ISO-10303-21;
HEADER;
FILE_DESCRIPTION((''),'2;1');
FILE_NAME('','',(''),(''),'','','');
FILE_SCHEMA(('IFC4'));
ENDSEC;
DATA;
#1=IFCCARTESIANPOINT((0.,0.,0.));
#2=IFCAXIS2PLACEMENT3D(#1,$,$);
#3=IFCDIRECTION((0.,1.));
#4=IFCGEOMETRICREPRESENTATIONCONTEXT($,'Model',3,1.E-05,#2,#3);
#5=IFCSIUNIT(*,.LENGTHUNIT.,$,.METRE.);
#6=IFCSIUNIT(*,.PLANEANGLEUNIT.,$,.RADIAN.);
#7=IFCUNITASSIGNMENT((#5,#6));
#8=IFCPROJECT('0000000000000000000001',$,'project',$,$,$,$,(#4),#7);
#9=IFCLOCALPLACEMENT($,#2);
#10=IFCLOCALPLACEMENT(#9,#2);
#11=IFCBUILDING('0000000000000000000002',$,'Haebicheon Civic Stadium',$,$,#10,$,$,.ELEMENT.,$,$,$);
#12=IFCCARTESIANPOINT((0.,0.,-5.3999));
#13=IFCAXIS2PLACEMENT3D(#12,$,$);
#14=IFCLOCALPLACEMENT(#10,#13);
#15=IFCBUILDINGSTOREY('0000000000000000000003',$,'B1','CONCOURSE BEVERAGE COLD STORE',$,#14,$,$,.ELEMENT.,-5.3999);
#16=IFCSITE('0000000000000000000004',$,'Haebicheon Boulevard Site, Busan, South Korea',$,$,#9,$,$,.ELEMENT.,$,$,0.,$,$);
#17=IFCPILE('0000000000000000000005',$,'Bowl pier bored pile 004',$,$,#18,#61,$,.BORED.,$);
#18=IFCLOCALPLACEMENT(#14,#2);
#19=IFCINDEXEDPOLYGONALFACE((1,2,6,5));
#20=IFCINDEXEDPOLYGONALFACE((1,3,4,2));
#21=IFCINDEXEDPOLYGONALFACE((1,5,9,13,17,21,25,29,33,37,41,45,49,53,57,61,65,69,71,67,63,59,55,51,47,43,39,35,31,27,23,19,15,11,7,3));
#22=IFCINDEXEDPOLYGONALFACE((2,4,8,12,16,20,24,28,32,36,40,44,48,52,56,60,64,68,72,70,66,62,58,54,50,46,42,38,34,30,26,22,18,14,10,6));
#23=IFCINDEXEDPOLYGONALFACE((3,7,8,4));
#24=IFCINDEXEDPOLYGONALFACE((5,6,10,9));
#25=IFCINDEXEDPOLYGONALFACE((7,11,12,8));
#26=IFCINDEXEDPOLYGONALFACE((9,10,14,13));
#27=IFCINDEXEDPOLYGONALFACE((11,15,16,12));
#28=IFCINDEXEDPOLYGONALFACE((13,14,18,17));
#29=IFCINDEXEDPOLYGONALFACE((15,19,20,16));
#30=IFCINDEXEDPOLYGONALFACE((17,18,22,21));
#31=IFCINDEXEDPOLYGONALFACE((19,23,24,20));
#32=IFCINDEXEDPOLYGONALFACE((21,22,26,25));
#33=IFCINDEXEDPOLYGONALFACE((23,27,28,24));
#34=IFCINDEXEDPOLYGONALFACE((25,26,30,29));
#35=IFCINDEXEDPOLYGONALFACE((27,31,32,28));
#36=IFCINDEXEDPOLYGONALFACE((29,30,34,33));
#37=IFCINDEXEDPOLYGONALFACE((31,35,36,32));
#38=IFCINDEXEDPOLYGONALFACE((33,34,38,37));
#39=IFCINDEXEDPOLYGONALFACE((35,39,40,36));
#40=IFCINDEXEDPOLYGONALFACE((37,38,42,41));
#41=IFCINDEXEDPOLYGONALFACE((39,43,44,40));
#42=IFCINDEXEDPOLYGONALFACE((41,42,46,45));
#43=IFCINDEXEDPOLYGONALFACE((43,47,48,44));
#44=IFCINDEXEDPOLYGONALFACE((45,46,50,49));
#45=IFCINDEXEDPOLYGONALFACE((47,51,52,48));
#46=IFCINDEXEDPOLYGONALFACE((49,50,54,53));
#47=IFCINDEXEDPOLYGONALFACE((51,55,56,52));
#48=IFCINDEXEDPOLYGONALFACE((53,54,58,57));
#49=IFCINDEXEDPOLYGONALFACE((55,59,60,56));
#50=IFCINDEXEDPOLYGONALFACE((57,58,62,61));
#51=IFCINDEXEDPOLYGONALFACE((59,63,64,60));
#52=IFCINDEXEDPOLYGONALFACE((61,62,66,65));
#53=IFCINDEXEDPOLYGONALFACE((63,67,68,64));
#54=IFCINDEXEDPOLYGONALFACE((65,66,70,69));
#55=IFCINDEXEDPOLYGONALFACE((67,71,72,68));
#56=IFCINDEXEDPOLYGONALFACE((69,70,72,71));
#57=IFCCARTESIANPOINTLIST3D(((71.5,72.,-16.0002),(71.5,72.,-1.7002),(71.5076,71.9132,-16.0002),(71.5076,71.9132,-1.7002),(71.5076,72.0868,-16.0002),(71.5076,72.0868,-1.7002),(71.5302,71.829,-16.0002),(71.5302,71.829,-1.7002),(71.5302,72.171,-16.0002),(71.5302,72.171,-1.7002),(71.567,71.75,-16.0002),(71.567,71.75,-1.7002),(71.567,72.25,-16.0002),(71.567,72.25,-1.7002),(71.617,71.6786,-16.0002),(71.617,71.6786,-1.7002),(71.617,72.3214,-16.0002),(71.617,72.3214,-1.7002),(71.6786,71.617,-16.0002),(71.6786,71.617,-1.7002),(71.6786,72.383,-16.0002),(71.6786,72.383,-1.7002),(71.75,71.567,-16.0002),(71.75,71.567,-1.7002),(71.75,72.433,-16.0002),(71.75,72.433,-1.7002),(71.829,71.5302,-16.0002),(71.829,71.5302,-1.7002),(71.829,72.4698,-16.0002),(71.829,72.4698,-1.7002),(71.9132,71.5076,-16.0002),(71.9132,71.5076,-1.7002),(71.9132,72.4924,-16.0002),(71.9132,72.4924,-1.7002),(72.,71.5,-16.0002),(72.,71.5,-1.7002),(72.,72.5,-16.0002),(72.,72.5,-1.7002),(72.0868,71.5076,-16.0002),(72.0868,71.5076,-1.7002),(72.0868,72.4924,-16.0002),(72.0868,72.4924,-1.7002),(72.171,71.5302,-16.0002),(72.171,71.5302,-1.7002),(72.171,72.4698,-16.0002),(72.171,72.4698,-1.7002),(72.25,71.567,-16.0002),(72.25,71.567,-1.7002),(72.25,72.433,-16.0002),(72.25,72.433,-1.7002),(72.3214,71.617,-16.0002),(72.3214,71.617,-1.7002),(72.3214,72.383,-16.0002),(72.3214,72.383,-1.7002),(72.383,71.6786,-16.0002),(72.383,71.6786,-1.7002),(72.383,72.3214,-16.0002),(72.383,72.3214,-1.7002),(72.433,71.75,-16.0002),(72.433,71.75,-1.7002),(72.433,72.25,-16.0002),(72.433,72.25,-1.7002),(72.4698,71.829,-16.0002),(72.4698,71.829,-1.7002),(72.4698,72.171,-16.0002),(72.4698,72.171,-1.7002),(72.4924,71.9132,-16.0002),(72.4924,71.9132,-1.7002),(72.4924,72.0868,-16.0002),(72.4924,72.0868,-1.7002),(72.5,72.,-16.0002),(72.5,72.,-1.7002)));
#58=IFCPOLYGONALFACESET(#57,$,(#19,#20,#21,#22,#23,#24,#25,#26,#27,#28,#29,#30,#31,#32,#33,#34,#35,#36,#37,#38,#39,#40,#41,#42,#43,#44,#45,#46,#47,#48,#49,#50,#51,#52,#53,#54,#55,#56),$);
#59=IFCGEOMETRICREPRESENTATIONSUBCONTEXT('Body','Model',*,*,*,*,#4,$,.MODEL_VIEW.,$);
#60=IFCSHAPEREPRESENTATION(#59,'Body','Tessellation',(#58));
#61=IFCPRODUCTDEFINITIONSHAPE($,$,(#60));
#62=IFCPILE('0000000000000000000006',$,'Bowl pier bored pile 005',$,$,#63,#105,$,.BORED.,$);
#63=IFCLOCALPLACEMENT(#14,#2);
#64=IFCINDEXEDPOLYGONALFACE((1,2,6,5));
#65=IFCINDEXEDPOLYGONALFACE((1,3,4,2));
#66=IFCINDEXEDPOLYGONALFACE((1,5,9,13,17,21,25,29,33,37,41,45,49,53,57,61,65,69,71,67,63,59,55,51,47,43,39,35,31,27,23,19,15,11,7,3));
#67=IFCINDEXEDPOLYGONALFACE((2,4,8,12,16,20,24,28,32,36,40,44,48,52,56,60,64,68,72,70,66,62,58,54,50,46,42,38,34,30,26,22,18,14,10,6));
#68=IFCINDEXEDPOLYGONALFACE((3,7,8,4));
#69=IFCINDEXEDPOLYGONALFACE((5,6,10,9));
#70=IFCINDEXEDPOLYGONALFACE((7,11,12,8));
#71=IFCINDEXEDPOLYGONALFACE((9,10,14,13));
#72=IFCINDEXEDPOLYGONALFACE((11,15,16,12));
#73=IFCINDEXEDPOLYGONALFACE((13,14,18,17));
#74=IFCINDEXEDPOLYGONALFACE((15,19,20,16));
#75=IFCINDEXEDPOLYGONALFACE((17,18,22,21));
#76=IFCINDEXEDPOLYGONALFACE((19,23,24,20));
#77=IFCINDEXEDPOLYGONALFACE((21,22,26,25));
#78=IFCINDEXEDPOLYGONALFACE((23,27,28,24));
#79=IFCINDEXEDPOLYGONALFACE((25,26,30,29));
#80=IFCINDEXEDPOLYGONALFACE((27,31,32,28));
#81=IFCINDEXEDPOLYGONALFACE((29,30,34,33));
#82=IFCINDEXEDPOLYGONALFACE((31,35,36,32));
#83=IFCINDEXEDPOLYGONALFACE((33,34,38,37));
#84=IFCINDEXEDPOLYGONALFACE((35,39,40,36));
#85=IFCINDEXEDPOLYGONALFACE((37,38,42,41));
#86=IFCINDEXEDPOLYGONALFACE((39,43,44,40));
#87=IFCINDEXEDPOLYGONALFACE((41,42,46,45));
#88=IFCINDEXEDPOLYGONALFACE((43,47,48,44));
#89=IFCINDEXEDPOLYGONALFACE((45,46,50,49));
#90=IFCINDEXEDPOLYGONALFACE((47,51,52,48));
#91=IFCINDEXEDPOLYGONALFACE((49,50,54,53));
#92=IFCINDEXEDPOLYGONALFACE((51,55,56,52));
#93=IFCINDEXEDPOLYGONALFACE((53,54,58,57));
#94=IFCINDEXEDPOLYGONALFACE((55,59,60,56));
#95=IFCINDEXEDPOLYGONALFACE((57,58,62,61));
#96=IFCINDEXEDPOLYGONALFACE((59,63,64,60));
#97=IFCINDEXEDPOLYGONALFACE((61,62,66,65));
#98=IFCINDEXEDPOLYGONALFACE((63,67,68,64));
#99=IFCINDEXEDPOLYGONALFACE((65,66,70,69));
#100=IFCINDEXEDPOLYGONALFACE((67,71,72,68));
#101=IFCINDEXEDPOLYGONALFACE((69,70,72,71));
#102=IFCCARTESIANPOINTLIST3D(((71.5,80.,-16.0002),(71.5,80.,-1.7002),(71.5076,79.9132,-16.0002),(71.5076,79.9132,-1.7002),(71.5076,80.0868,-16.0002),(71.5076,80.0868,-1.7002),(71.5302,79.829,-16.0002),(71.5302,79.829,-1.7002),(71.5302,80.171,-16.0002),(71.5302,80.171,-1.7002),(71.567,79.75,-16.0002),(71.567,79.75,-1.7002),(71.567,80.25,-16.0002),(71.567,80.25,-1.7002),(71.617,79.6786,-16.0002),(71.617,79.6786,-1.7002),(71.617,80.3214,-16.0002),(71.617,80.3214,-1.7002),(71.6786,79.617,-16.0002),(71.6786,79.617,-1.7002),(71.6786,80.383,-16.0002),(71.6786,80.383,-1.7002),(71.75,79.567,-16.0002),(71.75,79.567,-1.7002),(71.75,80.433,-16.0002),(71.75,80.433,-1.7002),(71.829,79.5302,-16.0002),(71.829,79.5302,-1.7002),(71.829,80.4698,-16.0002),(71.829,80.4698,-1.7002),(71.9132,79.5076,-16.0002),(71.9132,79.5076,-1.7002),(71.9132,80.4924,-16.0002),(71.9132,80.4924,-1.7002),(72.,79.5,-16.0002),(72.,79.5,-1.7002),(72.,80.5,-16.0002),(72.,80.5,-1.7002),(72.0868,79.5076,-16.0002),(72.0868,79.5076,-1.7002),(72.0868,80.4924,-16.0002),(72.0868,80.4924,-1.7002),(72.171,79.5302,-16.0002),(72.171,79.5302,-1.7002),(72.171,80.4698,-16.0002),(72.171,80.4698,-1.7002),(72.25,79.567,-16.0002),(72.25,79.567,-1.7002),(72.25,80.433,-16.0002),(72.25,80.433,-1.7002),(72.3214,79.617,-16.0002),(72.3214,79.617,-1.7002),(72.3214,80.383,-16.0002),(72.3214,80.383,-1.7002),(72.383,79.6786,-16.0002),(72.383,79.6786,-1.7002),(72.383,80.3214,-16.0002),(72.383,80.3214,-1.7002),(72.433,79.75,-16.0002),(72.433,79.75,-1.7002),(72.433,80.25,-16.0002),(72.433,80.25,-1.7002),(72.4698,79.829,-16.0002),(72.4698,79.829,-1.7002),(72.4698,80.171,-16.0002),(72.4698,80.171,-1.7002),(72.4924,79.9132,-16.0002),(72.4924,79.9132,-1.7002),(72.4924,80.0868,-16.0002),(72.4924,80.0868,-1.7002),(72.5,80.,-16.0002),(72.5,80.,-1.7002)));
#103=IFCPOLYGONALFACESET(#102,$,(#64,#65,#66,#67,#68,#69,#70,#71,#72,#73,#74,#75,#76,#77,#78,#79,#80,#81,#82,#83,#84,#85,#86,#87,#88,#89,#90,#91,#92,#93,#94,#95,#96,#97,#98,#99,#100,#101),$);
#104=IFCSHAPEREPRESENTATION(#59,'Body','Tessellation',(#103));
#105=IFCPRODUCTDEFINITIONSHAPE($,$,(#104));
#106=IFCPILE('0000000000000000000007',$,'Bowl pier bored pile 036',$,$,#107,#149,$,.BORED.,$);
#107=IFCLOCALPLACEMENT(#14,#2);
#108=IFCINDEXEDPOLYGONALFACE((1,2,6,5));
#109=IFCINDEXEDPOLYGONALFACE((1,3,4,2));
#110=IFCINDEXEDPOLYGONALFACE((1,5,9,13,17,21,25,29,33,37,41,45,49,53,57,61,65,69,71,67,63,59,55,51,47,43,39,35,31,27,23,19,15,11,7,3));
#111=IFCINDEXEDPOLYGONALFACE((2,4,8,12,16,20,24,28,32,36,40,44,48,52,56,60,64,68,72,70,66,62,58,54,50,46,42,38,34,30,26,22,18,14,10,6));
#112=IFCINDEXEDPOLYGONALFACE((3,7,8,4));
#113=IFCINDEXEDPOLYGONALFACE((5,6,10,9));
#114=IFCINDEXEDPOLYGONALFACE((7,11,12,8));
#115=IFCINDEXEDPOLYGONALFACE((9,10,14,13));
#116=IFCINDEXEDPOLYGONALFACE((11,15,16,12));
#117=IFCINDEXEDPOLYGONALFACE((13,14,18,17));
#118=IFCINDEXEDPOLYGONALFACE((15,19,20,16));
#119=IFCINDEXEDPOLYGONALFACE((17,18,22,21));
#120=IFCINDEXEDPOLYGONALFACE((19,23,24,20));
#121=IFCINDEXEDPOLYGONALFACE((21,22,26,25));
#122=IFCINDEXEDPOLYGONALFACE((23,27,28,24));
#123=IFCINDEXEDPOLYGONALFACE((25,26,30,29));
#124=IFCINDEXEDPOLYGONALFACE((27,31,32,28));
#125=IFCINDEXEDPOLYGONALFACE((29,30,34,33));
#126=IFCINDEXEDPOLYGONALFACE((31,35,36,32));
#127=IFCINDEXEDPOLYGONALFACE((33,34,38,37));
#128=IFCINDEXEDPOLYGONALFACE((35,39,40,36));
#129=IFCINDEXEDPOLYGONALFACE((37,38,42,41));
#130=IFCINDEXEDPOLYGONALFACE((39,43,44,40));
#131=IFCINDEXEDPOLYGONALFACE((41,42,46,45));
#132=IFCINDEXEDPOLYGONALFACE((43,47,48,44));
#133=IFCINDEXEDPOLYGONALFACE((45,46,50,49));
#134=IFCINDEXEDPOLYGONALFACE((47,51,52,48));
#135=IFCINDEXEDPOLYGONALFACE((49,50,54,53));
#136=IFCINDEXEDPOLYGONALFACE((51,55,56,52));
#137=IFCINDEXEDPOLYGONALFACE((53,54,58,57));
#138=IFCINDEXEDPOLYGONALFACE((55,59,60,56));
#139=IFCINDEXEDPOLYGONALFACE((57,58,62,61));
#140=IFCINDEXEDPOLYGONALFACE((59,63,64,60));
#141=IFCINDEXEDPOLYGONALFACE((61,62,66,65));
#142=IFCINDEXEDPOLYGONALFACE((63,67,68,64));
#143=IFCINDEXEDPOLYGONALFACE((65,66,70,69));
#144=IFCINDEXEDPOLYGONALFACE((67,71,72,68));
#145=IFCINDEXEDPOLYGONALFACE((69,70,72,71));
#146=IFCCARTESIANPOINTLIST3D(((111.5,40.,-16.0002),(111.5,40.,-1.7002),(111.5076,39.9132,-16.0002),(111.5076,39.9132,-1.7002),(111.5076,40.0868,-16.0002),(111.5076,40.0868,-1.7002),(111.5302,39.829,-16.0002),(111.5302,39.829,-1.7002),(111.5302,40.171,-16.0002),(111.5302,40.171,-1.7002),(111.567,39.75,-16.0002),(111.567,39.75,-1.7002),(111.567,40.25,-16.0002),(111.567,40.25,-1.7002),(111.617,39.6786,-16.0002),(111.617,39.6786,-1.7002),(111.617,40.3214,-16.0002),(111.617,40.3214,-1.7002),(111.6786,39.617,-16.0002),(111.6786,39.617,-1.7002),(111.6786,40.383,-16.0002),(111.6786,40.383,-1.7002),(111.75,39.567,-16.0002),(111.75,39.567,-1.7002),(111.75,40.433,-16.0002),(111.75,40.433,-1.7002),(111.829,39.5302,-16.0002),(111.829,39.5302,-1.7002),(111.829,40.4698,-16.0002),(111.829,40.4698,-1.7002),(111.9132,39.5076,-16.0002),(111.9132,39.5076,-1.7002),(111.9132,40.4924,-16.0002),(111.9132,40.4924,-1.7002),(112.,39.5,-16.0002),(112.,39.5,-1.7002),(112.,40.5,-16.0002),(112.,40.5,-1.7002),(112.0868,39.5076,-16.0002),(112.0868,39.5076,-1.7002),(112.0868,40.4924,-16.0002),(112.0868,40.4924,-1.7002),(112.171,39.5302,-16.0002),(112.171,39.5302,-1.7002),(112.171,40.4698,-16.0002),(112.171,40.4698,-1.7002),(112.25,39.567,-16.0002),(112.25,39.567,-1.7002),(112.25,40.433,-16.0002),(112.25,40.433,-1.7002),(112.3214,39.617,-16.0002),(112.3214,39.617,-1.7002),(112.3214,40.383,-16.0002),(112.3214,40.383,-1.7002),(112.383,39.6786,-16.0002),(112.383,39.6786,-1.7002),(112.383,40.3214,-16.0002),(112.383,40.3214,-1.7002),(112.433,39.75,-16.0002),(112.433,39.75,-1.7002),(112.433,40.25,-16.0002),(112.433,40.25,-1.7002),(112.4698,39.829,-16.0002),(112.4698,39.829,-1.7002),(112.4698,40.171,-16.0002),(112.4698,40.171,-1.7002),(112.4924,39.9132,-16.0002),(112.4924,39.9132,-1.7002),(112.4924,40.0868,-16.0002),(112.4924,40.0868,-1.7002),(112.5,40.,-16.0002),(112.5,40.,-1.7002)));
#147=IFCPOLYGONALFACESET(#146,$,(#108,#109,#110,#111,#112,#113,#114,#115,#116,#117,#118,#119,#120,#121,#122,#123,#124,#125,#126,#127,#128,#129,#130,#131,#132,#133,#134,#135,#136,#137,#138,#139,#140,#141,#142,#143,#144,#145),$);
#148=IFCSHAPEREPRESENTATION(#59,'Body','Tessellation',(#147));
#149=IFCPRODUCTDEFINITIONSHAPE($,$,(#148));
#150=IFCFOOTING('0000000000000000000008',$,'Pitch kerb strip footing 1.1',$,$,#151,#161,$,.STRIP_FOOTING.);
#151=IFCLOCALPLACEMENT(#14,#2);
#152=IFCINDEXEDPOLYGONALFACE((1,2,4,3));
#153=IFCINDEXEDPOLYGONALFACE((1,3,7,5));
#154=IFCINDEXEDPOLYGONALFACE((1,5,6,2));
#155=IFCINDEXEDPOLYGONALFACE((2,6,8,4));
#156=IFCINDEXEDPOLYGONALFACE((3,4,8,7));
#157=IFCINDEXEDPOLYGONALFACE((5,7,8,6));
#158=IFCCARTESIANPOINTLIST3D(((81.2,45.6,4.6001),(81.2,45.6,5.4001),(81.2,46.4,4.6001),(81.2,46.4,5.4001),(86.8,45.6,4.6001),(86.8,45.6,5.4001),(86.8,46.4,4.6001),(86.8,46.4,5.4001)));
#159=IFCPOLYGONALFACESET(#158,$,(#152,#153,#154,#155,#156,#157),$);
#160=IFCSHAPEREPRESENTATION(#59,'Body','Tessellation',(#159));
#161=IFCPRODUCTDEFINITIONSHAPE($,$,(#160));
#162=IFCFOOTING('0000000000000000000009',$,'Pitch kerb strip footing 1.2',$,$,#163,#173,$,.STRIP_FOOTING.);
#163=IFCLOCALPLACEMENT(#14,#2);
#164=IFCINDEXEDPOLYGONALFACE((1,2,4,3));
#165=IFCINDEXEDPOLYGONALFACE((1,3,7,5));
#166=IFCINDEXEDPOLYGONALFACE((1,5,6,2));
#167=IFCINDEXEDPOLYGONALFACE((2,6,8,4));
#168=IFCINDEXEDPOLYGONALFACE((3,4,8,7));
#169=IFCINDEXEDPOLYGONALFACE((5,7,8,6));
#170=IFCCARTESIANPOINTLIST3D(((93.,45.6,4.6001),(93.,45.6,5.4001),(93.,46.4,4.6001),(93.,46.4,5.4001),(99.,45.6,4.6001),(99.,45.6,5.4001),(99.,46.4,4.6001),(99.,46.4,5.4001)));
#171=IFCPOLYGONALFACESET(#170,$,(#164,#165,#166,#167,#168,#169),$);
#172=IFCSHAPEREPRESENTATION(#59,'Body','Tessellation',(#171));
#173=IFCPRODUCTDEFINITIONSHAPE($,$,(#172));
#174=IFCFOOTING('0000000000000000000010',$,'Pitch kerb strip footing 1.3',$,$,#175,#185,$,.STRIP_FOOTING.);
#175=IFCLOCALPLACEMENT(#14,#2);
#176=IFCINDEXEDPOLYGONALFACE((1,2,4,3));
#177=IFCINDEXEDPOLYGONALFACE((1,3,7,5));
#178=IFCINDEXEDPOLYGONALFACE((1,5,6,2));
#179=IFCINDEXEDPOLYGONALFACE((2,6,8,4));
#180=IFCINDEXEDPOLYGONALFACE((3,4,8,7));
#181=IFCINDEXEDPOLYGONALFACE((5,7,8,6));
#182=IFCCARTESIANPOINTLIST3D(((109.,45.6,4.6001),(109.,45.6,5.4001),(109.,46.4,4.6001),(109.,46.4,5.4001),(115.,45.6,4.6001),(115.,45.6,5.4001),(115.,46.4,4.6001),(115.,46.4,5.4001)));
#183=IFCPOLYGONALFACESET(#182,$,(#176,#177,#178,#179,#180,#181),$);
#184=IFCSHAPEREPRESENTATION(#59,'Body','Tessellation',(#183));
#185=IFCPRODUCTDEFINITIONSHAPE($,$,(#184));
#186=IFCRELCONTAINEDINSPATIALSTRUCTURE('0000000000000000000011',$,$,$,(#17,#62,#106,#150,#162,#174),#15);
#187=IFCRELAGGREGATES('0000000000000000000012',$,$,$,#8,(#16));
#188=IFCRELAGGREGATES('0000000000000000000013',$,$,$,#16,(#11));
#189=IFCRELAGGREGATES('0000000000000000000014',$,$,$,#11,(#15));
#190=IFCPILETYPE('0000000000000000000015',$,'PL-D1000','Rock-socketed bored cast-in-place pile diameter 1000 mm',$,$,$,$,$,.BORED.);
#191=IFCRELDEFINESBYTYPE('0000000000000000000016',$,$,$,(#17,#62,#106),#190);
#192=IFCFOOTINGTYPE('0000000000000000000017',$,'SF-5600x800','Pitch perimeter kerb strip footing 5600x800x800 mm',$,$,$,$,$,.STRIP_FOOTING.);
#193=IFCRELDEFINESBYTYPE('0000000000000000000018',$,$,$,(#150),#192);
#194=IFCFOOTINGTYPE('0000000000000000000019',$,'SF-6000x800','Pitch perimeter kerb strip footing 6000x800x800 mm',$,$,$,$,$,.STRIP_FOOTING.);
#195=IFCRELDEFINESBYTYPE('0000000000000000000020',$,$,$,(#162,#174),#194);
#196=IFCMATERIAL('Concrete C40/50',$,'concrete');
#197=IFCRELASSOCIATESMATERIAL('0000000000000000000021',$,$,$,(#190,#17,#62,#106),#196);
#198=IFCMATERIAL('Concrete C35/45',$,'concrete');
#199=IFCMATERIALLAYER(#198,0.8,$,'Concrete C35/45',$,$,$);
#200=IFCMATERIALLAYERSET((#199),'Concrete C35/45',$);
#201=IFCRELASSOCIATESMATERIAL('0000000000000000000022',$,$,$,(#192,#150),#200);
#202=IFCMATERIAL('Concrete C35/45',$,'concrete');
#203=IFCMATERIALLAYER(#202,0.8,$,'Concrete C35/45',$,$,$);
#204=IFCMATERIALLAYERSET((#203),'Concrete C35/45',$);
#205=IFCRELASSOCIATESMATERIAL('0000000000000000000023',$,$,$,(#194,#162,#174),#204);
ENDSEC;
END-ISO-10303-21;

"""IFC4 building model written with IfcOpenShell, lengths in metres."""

from ifc_helpers import new_model, si_unit, direction, frame, origin, origin_2d, place, context, subcontext, project, spatial, rectangle, circle, extrude, material, layer, layer_set, material_profile, profile_set, type_object, element, save


model = new_model("IFC4")

# Units and contexts
model_context = context("Model", 3, precision=1e-05, world=origin(), true_north=direction((0.0, 1.0)))
body_context = subcontext(model_context, "Body", "Model", "MODEL_VIEW")
ifc_project = project(units=[si_unit("LENGTHUNIT", "METRE"), si_unit("PLANEANGLEUNIT", "RADIAN")], contexts=[model_context])

# Site, building, storey
site_placement = place(None, origin())
site = spatial("IfcSite", under=ifc_project, at=site_placement, Name="Haebicheon Boulevard Site, Busan, South Korea", CompositionType="ELEMENT", RefElevation=0.0)
building_placement = place(site_placement, origin())
building = spatial("IfcBuilding", under=site, at=building_placement, Name="Haebicheon Civic Stadium", CompositionType="ELEMENT")
storey_placement = place(building_placement, frame((0.0, 0.0, -5.3999)))
storey = spatial("IfcBuildingStorey", under=building, at=storey_placement, Name="B1", Description="CONCOURSE BEVERAGE COLD STORE", CompositionType="ELEMENT", Elevation=-5.3999)

# Piles
ifc_material_1 = material(Name="Concrete C40/50", Category="concrete")
ifc_material_profile_1 = material_profile(ifc_material_1, circle(Radius=0.5, at=origin_2d()), Name="PILE-D1000")
ifc_profile_set_1 = profile_set([ifc_material_profile_1], Name="Concrete C40/50")
pile_type = type_object("IfcPileType", Name="PL-D1000", Description="Rock-socketed bored cast-in-place pile diameter 1000 mm", PredefinedType="BORED", material=ifc_profile_set_1)
for number, where, z_axis, x_axis, name in (
    (1, (72.0, 72.0, -1.7002), (0.0, 0.0, -1.0), (1.0, 0.0, 0.0), "Bowl pier bored pile 004"),
    (2, (72.0, 80.0, -1.7002), (0.0, 0.0, -1.0), (1.0, 0.0, 0.0), "Bowl pier bored pile 005"),
    (3, (112.0, 40.0, -1.7002), (0.0, 0.0, -1.0), (1.0, 0.0, 0.0), "Bowl pier bored pile 036"),
):
    element("IfcPile", number, at=place(storey_placement, frame(where, z_axis=z_axis, x_axis=x_axis)), inside=storey, type_object=pile_type, material=ifc_profile_set_1, Name=name, PredefinedType="BORED", context=body_context, shape_type="SweptSolid", body=[
        extrude(circle(Radius=0.5, at=origin_2d()), origin(), (0.0, 0.0, 1.0), 14.3),
    ])

# Footings
ifc_material_2 = material(Name="Concrete C35/45", Category="concrete")
ifc_layer_1 = layer(ifc_material_2, 0.8, Name="Concrete C35/45")
ifc_layer_set_1 = layer_set([ifc_layer_1], Name="Concrete C35/45")
footing_type_1 = type_object("IfcFootingType", Name="SF-5600x800", Description="Pitch perimeter kerb strip footing 5600x800x800 mm", PredefinedType="STRIP_FOOTING", material=ifc_layer_set_1)
footing_1_placement = place(storey_placement, frame((84.0, 46.0, 4.6001), z_axis=(0.0, 0.0, 1.0), x_axis=(1.0, 0.0, 0.0)))
element("IfcFooting", 4, at=footing_1_placement, inside=storey, type_object=footing_type_1, material=ifc_layer_set_1, Name="Pitch kerb strip footing 1.1", PredefinedType="STRIP_FOOTING", context=body_context, shape_type="SweptSolid", body=[
    extrude(rectangle(XDim=5.6001, YDim=0.8, at=origin_2d()), origin(), (0.0, 0.0, 1.0), 0.8),
])
ifc_material_3 = material(Name="Concrete C35/45", Category="concrete")
ifc_layer_2 = layer(ifc_material_3, 0.8, Name="Concrete C35/45")
ifc_layer_set_2 = layer_set([ifc_layer_2], Name="Concrete C35/45")
footing_type_2 = type_object("IfcFootingType", Name="SF-6000x800", Description="Pitch perimeter kerb strip footing 6000x800x800 mm", PredefinedType="STRIP_FOOTING", material=ifc_layer_set_2)
for number, where, z_axis, x_axis, name in (
    (5, (96.0, 46.0, 4.6001), (0.0, 0.0, 1.0), (1.0, 0.0, 0.0), "Pitch kerb strip footing 1.2"),
    (6, (112.0, 46.0, 4.6001), (0.0, 0.0, 1.0), (1.0, 0.0, 0.0), "Pitch kerb strip footing 1.3"),
):
    element("IfcFooting", number, at=place(storey_placement, frame(where, z_axis=z_axis, x_axis=x_axis)), inside=storey, type_object=footing_type_2, material=ifc_layer_set_2, Name=name, PredefinedType="STRIP_FOOTING", context=body_context, shape_type="SweptSolid", body=[
        extrude(rectangle(XDim=6.0, YDim=0.8, at=origin_2d()), origin(), (0.0, 0.0, 1.0), 0.8),
    ])

save(model, "model.ifc")
